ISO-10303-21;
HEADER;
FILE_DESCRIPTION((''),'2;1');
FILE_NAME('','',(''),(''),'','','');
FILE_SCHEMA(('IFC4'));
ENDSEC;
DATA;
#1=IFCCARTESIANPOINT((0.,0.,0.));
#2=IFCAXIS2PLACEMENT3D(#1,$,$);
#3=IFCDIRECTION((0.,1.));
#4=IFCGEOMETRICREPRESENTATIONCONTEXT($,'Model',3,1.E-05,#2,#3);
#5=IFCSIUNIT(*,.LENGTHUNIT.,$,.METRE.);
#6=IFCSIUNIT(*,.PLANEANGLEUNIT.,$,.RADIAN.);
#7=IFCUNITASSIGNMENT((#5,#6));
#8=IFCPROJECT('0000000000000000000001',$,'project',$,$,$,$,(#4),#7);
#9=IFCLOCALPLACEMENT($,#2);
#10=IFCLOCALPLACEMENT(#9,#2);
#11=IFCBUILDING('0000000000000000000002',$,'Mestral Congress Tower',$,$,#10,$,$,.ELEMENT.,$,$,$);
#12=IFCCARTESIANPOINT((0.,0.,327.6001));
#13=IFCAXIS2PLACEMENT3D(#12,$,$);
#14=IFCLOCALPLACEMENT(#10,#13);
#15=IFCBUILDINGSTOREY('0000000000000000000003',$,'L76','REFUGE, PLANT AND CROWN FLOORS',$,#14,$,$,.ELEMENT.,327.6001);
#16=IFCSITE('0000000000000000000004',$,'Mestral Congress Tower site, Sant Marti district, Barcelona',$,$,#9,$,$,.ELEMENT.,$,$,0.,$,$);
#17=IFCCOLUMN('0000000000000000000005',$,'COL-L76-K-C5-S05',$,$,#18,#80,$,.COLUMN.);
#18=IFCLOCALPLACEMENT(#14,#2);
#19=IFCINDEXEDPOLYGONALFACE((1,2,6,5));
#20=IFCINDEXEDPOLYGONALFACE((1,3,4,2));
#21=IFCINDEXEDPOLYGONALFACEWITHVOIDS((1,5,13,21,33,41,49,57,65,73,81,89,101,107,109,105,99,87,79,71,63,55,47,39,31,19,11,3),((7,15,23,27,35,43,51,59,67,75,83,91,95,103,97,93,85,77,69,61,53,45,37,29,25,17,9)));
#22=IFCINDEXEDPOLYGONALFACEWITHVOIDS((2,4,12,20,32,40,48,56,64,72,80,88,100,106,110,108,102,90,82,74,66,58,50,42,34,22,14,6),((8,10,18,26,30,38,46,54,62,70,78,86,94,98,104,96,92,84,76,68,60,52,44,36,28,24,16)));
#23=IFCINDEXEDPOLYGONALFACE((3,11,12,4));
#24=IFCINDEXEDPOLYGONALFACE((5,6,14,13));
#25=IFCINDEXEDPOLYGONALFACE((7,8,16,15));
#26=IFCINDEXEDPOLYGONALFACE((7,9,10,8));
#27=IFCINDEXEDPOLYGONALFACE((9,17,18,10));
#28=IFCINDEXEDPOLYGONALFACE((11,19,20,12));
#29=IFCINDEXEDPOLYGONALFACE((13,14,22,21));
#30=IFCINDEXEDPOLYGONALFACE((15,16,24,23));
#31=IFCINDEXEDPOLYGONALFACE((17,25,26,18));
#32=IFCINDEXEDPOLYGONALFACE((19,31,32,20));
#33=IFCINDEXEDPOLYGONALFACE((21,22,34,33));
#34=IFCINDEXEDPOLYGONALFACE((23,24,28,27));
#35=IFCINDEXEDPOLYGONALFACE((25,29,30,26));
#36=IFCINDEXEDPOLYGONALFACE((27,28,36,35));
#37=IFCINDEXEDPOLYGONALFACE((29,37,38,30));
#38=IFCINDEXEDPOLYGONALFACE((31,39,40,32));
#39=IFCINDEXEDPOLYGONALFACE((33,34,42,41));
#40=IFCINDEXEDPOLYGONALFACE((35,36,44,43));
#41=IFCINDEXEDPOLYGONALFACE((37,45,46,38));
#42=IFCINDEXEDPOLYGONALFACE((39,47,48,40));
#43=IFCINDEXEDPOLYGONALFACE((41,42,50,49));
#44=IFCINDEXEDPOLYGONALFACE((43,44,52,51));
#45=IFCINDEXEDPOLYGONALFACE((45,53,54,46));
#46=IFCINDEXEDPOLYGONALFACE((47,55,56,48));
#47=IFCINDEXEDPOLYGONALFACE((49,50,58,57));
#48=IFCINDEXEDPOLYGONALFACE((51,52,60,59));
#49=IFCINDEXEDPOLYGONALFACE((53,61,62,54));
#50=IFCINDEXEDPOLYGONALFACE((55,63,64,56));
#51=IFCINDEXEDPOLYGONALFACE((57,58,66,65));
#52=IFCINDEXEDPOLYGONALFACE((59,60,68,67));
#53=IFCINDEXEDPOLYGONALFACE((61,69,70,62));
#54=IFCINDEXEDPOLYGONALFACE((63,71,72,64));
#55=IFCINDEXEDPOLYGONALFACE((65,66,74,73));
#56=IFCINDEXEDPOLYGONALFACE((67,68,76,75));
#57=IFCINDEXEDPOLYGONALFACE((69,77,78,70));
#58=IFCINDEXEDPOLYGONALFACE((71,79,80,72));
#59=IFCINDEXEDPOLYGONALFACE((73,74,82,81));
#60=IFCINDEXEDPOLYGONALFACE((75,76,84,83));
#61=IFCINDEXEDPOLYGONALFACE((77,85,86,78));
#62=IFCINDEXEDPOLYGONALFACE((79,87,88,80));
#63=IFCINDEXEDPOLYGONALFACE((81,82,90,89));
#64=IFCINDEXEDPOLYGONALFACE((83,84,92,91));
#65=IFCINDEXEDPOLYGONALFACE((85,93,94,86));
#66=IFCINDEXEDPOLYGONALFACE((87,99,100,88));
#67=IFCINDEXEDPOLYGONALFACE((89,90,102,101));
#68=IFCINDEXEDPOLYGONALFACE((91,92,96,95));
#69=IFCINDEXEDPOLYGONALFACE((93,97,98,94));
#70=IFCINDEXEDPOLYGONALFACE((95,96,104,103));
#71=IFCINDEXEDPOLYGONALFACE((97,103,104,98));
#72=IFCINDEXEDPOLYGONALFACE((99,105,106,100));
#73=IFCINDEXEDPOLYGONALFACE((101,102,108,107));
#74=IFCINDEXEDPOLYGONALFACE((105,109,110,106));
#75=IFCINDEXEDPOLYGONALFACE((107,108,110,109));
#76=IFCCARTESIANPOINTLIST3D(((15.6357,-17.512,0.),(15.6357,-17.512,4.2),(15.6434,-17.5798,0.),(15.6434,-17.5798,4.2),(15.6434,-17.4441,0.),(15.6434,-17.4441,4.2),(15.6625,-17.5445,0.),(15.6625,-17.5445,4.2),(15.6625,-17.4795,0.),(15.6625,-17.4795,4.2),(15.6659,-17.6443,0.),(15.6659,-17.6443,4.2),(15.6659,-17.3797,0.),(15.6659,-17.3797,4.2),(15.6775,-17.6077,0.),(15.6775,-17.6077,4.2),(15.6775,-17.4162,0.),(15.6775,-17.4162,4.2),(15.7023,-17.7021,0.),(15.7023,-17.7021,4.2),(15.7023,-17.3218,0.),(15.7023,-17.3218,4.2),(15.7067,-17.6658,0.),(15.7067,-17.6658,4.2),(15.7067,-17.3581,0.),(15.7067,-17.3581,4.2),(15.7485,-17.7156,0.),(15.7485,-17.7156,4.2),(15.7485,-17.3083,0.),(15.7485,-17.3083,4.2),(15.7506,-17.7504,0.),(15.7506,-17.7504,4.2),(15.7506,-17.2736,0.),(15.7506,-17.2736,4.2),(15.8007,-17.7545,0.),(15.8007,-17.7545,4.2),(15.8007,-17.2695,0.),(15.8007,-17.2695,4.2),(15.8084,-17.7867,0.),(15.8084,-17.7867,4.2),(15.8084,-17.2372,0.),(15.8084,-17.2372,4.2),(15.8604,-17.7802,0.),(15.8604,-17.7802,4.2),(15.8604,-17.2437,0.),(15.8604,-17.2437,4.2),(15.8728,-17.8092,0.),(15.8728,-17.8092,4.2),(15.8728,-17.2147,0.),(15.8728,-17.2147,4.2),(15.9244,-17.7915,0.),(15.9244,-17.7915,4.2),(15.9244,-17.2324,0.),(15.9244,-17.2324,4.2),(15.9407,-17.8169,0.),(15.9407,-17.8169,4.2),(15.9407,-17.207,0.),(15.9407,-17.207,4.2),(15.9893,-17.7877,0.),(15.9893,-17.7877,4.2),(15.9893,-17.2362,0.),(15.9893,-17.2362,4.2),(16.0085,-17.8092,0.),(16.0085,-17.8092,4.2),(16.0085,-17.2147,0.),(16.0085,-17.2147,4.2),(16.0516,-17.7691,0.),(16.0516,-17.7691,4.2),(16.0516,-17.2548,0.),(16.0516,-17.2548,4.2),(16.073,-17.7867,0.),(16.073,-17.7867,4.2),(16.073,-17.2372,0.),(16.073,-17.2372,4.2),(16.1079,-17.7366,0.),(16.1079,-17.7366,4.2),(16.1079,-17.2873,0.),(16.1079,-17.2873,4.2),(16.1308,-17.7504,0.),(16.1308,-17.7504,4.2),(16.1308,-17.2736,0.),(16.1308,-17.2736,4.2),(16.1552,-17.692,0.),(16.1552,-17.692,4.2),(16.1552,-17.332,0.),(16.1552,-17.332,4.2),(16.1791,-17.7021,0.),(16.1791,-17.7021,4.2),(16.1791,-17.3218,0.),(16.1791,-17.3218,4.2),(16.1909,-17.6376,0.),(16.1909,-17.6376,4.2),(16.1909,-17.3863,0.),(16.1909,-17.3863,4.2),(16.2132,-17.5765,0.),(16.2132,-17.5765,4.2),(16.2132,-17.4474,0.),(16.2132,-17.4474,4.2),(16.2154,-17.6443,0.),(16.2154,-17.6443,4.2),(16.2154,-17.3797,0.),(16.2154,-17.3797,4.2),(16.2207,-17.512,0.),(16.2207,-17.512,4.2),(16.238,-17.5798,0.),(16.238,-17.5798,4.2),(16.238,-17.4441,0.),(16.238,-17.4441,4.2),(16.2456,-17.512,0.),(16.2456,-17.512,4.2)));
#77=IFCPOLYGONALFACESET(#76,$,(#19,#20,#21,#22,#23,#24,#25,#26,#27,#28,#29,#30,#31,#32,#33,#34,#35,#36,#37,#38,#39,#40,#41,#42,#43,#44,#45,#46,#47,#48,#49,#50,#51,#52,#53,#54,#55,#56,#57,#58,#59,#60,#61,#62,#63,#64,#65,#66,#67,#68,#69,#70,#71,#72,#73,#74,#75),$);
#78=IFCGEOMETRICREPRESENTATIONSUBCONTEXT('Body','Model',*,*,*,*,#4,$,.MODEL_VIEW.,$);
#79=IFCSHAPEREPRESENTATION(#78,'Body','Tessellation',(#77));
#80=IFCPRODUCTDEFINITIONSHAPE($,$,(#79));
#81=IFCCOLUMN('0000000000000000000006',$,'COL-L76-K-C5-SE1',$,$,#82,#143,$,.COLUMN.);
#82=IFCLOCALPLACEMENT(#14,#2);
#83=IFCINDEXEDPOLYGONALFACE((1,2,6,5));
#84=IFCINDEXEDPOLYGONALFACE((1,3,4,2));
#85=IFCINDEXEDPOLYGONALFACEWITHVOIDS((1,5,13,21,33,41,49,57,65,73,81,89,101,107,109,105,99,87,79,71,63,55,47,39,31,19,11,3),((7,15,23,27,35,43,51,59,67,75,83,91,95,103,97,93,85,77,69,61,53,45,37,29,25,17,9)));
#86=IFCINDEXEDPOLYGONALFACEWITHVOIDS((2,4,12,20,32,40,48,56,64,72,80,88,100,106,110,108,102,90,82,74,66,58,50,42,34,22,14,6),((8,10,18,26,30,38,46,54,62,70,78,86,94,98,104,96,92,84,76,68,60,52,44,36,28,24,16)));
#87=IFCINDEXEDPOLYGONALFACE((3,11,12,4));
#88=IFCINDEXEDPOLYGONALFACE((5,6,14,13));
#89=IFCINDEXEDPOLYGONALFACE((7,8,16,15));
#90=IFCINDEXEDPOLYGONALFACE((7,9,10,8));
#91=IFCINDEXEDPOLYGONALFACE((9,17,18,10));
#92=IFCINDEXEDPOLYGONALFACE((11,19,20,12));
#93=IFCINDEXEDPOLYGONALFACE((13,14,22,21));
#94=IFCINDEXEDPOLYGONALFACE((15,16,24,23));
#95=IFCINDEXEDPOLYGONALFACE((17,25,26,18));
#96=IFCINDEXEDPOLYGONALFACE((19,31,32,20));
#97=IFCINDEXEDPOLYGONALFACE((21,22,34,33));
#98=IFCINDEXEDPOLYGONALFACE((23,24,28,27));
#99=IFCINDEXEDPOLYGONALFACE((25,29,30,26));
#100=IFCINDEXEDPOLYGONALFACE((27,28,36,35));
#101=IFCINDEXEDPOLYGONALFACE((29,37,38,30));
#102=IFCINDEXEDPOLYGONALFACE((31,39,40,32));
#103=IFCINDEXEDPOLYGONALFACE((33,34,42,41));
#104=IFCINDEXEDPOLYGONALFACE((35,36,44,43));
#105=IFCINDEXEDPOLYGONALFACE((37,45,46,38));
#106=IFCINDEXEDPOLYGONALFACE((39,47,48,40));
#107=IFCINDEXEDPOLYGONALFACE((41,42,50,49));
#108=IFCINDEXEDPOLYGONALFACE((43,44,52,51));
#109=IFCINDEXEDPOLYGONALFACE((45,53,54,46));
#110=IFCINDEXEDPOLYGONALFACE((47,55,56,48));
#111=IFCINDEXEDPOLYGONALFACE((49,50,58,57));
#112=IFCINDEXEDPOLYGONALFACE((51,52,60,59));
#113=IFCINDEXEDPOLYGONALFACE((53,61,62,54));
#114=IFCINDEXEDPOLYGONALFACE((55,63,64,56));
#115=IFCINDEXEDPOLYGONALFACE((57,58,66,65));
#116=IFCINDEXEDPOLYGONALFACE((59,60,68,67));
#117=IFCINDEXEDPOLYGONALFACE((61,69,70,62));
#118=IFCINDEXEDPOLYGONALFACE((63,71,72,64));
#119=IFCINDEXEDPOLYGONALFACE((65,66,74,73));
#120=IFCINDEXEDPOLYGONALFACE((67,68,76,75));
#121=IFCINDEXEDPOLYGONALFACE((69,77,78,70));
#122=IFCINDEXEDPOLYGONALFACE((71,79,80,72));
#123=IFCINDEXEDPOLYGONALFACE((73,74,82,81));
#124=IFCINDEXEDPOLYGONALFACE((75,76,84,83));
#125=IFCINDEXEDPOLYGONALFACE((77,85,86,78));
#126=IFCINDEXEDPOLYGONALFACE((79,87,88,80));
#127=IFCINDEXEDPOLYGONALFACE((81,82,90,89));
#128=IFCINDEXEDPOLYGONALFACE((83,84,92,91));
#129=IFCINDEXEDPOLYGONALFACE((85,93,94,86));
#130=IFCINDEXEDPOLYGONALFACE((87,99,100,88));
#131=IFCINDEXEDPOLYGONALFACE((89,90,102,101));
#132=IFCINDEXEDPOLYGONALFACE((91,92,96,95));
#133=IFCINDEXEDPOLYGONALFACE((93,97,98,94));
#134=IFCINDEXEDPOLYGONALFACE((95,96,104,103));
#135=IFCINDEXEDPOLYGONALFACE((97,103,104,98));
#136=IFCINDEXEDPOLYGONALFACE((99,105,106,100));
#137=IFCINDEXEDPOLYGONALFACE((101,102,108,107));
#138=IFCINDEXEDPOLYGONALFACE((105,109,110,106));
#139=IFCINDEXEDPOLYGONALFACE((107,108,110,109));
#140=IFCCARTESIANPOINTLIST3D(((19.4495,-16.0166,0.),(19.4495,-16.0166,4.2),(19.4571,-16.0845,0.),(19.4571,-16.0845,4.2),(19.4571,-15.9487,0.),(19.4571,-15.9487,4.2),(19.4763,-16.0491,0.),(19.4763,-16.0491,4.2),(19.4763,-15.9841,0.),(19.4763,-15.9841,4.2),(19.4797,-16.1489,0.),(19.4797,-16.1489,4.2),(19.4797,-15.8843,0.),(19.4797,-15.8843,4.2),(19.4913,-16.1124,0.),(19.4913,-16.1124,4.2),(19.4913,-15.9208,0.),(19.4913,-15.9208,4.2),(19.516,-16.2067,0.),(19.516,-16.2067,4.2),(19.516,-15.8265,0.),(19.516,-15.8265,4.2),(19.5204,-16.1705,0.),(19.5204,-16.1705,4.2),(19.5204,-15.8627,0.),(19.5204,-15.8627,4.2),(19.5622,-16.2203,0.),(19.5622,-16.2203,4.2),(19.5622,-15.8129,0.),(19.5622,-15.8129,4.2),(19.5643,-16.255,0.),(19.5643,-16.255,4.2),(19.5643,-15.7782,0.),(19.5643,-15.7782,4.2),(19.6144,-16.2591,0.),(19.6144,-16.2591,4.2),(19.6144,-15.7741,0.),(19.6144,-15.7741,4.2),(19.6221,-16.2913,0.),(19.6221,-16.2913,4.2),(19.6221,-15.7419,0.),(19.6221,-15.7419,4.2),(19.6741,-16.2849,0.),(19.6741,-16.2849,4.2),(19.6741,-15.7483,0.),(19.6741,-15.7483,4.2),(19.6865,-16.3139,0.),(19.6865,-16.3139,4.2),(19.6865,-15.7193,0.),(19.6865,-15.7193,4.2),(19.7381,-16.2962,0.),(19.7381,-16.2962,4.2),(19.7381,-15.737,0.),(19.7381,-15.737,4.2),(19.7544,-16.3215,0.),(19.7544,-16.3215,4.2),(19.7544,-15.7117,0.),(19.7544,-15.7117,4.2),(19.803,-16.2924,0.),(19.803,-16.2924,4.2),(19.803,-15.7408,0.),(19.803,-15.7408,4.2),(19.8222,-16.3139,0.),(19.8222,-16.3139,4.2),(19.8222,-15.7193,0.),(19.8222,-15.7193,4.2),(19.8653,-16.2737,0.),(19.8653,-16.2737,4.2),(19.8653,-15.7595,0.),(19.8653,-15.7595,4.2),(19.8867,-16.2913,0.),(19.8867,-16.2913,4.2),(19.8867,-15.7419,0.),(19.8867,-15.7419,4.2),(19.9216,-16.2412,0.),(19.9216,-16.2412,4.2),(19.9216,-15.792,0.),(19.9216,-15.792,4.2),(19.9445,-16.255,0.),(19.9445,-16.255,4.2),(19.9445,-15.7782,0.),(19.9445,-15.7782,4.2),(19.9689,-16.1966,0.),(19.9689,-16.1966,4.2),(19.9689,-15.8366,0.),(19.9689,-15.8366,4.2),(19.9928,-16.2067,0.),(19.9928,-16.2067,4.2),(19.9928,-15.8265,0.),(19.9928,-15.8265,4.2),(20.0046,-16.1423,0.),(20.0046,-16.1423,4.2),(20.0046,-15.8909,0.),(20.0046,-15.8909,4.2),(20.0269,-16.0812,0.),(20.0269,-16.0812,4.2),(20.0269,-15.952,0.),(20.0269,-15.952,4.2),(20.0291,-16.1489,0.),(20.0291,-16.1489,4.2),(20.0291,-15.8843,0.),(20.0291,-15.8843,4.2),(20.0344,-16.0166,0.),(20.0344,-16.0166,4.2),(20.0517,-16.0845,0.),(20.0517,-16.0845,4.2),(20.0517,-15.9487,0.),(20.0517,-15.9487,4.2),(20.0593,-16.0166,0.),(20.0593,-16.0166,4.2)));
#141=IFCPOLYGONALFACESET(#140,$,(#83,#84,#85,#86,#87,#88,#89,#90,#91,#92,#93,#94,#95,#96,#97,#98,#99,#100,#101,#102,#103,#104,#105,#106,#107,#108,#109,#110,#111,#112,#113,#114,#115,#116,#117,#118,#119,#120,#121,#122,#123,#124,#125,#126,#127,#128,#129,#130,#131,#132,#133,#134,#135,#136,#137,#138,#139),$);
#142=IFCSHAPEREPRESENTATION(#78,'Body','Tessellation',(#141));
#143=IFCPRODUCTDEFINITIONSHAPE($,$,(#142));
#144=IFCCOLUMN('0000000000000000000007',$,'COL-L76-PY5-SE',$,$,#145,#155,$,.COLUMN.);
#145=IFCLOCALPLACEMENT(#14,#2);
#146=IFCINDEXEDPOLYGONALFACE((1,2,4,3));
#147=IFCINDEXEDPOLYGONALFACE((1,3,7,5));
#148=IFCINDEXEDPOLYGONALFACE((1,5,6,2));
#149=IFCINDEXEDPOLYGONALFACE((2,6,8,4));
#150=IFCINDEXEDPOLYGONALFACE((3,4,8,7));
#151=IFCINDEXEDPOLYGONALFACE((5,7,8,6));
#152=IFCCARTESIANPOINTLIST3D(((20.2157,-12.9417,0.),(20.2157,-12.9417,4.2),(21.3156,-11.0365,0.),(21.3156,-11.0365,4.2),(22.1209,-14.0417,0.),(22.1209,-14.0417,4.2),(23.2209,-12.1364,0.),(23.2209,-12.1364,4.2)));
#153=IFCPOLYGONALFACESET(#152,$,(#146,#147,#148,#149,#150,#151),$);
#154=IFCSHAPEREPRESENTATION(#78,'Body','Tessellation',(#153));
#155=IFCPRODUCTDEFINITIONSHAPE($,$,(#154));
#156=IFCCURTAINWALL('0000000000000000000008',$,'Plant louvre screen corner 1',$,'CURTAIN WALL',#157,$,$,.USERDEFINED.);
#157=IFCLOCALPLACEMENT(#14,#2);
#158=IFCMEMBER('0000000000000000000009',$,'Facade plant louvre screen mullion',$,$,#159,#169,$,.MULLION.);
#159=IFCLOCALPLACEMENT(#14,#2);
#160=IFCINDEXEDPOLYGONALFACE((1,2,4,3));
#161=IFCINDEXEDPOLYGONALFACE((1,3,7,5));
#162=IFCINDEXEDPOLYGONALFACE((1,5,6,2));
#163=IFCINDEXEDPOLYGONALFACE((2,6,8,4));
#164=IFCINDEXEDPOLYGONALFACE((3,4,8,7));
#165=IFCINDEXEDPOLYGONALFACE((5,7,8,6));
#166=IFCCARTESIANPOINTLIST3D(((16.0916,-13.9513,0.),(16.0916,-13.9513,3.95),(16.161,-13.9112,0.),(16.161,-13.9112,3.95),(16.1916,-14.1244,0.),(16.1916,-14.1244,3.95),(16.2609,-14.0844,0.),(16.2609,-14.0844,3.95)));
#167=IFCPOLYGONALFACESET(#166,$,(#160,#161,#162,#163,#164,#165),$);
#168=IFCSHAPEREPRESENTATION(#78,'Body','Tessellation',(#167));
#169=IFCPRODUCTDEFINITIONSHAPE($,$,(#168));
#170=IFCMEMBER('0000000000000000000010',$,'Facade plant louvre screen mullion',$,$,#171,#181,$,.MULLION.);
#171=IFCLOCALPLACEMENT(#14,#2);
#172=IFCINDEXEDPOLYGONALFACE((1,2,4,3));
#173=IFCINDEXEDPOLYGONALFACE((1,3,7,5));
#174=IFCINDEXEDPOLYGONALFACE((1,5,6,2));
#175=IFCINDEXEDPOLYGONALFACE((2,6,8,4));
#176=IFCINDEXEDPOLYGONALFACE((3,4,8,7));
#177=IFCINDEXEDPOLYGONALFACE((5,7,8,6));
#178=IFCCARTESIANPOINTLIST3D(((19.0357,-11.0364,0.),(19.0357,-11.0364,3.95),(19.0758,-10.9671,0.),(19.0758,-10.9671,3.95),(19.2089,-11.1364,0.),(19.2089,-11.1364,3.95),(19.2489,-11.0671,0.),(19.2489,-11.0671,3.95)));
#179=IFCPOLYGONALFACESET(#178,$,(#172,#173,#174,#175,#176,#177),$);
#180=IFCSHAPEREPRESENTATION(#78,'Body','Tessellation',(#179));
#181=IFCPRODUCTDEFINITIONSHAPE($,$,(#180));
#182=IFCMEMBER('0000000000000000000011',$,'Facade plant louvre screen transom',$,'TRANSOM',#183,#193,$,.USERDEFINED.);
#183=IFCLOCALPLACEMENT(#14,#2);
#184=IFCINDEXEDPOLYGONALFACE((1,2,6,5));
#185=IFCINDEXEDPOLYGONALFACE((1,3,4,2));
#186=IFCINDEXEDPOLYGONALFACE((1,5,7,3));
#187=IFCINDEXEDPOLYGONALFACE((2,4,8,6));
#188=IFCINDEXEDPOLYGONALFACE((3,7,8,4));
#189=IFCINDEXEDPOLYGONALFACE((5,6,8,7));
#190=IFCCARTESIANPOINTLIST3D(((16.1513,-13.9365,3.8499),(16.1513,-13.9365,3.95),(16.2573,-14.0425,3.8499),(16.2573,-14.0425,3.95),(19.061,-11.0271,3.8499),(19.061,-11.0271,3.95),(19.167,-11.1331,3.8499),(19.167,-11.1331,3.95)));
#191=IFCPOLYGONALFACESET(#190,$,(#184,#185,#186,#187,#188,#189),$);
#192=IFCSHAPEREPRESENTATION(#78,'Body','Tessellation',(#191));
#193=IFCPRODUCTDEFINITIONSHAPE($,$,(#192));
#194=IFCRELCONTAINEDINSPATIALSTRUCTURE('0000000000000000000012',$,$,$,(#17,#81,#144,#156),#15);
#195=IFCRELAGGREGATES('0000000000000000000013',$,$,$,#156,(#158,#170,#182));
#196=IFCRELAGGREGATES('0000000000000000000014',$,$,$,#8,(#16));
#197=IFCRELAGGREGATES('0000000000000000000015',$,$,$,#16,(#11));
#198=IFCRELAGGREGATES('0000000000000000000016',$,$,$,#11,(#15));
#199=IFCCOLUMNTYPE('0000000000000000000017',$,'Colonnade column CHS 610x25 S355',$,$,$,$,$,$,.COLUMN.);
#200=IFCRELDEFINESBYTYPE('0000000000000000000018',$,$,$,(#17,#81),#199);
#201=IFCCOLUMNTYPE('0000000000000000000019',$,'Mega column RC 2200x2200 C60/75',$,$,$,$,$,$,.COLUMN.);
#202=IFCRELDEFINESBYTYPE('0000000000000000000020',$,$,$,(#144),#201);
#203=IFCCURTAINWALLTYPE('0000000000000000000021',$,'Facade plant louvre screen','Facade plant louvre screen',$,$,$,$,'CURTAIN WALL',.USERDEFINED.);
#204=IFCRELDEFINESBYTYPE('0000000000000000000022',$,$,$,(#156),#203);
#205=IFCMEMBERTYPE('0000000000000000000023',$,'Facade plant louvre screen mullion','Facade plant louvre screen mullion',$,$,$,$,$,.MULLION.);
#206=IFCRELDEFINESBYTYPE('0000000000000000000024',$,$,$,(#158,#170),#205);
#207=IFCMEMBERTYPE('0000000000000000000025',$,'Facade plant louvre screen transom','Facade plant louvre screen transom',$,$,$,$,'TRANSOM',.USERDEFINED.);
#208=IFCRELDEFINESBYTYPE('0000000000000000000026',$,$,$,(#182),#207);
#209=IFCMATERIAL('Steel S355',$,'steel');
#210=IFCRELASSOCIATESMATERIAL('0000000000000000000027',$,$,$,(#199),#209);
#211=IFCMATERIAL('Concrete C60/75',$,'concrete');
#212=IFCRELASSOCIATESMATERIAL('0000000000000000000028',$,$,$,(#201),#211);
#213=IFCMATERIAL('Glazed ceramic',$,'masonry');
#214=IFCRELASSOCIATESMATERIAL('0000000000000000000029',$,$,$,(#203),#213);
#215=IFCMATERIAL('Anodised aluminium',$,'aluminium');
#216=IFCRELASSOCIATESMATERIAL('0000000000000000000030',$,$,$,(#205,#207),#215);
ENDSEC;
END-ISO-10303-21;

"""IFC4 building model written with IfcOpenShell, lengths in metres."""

from ifc_helpers import new_model, si_unit, direction, frame, origin, origin_2d, place, context, subcontext, project, spatial, rectangle, hollow_circle, extrude, material, material_profile, profile_set, type_object, element, aggregate, save


model = new_model("IFC4")

# Units and contexts
model_context = context("Model", 3, precision=1e-05, world=origin(), true_north=direction((0.0, 1.0)))
body_context = subcontext(model_context, "Body", "Model", "MODEL_VIEW")
ifc_project = project(units=[si_unit("LENGTHUNIT", "METRE"), si_unit("PLANEANGLEUNIT", "RADIAN")], contexts=[model_context])

# Site, building, storey
site_placement = place(None, origin())
site = spatial("IfcSite", under=ifc_project, at=site_placement, Name="Mestral Congress Tower site, Sant Marti district, Barcelona", CompositionType="ELEMENT", RefElevation=0.0)
building_placement = place(site_placement, origin())
building = spatial("IfcBuilding", under=site, at=building_placement, Name="Mestral Congress Tower", CompositionType="ELEMENT")
storey_placement = place(building_placement, frame((0.0, 0.0, 327.6001)))
storey = spatial("IfcBuildingStorey", under=building, at=storey_placement, Name="L76", Description="REFUGE, PLANT AND CROWN FLOORS", CompositionType="ELEMENT", Elevation=327.6001)

# Columns
ifc_material_1 = material(Name="Steel S355", Category="steel")
ifc_material_profile_1 = material_profile(ifc_material_1, hollow_circle(Radius=0.3049, WallThickness=0.0249, at=origin_2d()), Name="CHS 610x25")
ifc_profile_set_1 = profile_set([ifc_material_profile_1], Name="Steel S355")
column_type_1 = type_object("IfcColumnType", Name="Colonnade column CHS 610x25 S355", PredefinedType="COLUMN", material=ifc_profile_set_1)
for number, where, z_axis, x_axis, name in (
    (1, (15.9407, -17.512, 0.0), (0.0, 0.0, 1.0), (1.0, 0.0, 0.0), "COL-L76-K-C5-S05"),
    (2, (19.7544, -16.0166, 0.0), (0.0, 0.0, 1.0), (1.0, 0.0, 0.0), "COL-L76-K-C5-SE1"),
):
    element("IfcColumn", number, at=place(storey_placement, frame(where, z_axis=z_axis, x_axis=x_axis)), inside=storey, type_object=column_type_1, Name=name, PredefinedType="COLUMN", context=body_context, shape_type="SweptSolid", body=[
        extrude(hollow_circle(Radius=0.3049, WallThickness=0.0249, at=origin_2d()), origin(), (0.0, 0.0, 1.0), 4.2),
    ])
ifc_material_2 = material(Name="Concrete C60/75", Category="concrete")
ifc_material_profile_2 = material_profile(ifc_material_2, rectangle(XDim=2.2, YDim=2.2, at=origin_2d()), Name="RC 2200x2200")
ifc_profile_set_2 = profile_set([ifc_material_profile_2], Name="Concrete C60/75")
column_type_2 = type_object("IfcColumnType", Name="Mega column RC 2200x2200 C60/75", PredefinedType="COLUMN", material=ifc_profile_set_2)
column_placement = place(storey_placement, frame((21.7183, -12.5391, 0.0), z_axis=(0.0, 0.0, 1.0), x_axis=(0.866025, -0.5, 0.0)))
element("IfcColumn", 3, at=column_placement, inside=storey, type_object=column_type_2, Name="COL-L76-PY5-SE", PredefinedType="COLUMN", context=body_context, shape_type="SweptSolid", body=[
    extrude(rectangle(XDim=2.2, YDim=2.2, at=origin_2d()), origin(), (0.0, 0.0, 1.0), 4.2),
])

# Curtain wall, members
ifc_material_3 = material(Name="Glazed ceramic", Category="masonry")
curtain_wall_type = type_object("IfcCurtainWallType", Name="Facade plant louvre screen", Description="Facade plant louvre screen", ElementType="CURTAIN WALL", PredefinedType="USERDEFINED", material=ifc_material_3)
curtain_wall_placement = place(storey_placement, origin())
curtain_wall = element("IfcCurtainWall", 4, at=curtain_wall_placement, inside=storey, type_object=curtain_wall_type, Name="Plant louvre screen corner 1", ObjectType="CURTAIN WALL", PredefinedType="USERDEFINED")
ifc_material_4 = material(Name="Anodised aluminium", Category="aluminium")
ifc_material_profile_3 = material_profile(ifc_material_4, rectangle(XDim=0.2, YDim=0.0801, at=origin_2d()), Name="CW6 mullion 200 x 80")
ifc_profile_set_3 = profile_set([ifc_material_profile_3], Name="Anodised aluminium")
member_type_1 = type_object("IfcMemberType", Name="Facade plant louvre screen mullion", Description="Facade plant louvre screen mullion", PredefinedType="MULLION", material=ifc_profile_set_3)
member_1_placement = place(storey_placement, frame((16.1763, -14.0178, 0.0), z_axis=(0.0, 0.0, 1.0), x_axis=(0.5, -0.866025, 0.0)))
member_1 = element("IfcMember", 5, at=member_1_placement, type_object=member_type_1, Name="Facade plant louvre screen mullion", PredefinedType="MULLION", context=body_context, shape_type="SweptSolid", body=[
    extrude(rectangle(XDim=0.2, YDim=0.0801, at=origin_2d()), origin(), (0.0, 0.0, 1.0), 3.95),
])
member_2_placement = place(storey_placement, frame((19.1423, -11.0518, 0.0), z_axis=(0.0, 0.0, 1.0), x_axis=(0.866025, -0.5, 0.0)))
member_2 = element("IfcMember", 6, at=member_2_placement, type_object=member_type_1, Name="Facade plant louvre screen mullion", PredefinedType="MULLION", context=body_context, shape_type="SweptSolid", body=[
    extrude(rectangle(XDim=0.2, YDim=0.0801, at=origin_2d()), origin(), (0.0, 0.0, 1.0), 3.95),
])
ifc_material_profile_4 = material_profile(ifc_material_4, rectangle(XDim=0.1499, YDim=0.1001, at=origin_2d()), Name="CW6 transom 150 x 100")
ifc_profile_set_4 = profile_set([ifc_material_profile_4], Name="Anodised aluminium")
member_type_2 = type_object("IfcMemberType", Name="Facade plant louvre screen transom", Description="Facade plant louvre screen transom", ElementType="TRANSOM", PredefinedType="USERDEFINED", material=ifc_profile_set_4)
member_3_placement = place(storey_placement, frame((16.2043, -13.9895, 3.8999), z_axis=(0.707136, 0.707077, 0.0), x_axis=(-0.707077, 0.707136, 0.0)))
member_3 = element("IfcMember", 7, at=member_3_placement, type_object=member_type_2, Name="Facade plant louvre screen transom", ObjectType="TRANSOM", PredefinedType="USERDEFINED", context=body_context, shape_type="SweptSolid", body=[
    extrude(rectangle(XDim=0.1499, YDim=0.1001, at=origin_2d()), origin(), (0.0, 0.0, 1.0), 4.1147),
])

aggregate(curtain_wall, [member_1, member_2, member_3])

save(model, "model.ifc")
